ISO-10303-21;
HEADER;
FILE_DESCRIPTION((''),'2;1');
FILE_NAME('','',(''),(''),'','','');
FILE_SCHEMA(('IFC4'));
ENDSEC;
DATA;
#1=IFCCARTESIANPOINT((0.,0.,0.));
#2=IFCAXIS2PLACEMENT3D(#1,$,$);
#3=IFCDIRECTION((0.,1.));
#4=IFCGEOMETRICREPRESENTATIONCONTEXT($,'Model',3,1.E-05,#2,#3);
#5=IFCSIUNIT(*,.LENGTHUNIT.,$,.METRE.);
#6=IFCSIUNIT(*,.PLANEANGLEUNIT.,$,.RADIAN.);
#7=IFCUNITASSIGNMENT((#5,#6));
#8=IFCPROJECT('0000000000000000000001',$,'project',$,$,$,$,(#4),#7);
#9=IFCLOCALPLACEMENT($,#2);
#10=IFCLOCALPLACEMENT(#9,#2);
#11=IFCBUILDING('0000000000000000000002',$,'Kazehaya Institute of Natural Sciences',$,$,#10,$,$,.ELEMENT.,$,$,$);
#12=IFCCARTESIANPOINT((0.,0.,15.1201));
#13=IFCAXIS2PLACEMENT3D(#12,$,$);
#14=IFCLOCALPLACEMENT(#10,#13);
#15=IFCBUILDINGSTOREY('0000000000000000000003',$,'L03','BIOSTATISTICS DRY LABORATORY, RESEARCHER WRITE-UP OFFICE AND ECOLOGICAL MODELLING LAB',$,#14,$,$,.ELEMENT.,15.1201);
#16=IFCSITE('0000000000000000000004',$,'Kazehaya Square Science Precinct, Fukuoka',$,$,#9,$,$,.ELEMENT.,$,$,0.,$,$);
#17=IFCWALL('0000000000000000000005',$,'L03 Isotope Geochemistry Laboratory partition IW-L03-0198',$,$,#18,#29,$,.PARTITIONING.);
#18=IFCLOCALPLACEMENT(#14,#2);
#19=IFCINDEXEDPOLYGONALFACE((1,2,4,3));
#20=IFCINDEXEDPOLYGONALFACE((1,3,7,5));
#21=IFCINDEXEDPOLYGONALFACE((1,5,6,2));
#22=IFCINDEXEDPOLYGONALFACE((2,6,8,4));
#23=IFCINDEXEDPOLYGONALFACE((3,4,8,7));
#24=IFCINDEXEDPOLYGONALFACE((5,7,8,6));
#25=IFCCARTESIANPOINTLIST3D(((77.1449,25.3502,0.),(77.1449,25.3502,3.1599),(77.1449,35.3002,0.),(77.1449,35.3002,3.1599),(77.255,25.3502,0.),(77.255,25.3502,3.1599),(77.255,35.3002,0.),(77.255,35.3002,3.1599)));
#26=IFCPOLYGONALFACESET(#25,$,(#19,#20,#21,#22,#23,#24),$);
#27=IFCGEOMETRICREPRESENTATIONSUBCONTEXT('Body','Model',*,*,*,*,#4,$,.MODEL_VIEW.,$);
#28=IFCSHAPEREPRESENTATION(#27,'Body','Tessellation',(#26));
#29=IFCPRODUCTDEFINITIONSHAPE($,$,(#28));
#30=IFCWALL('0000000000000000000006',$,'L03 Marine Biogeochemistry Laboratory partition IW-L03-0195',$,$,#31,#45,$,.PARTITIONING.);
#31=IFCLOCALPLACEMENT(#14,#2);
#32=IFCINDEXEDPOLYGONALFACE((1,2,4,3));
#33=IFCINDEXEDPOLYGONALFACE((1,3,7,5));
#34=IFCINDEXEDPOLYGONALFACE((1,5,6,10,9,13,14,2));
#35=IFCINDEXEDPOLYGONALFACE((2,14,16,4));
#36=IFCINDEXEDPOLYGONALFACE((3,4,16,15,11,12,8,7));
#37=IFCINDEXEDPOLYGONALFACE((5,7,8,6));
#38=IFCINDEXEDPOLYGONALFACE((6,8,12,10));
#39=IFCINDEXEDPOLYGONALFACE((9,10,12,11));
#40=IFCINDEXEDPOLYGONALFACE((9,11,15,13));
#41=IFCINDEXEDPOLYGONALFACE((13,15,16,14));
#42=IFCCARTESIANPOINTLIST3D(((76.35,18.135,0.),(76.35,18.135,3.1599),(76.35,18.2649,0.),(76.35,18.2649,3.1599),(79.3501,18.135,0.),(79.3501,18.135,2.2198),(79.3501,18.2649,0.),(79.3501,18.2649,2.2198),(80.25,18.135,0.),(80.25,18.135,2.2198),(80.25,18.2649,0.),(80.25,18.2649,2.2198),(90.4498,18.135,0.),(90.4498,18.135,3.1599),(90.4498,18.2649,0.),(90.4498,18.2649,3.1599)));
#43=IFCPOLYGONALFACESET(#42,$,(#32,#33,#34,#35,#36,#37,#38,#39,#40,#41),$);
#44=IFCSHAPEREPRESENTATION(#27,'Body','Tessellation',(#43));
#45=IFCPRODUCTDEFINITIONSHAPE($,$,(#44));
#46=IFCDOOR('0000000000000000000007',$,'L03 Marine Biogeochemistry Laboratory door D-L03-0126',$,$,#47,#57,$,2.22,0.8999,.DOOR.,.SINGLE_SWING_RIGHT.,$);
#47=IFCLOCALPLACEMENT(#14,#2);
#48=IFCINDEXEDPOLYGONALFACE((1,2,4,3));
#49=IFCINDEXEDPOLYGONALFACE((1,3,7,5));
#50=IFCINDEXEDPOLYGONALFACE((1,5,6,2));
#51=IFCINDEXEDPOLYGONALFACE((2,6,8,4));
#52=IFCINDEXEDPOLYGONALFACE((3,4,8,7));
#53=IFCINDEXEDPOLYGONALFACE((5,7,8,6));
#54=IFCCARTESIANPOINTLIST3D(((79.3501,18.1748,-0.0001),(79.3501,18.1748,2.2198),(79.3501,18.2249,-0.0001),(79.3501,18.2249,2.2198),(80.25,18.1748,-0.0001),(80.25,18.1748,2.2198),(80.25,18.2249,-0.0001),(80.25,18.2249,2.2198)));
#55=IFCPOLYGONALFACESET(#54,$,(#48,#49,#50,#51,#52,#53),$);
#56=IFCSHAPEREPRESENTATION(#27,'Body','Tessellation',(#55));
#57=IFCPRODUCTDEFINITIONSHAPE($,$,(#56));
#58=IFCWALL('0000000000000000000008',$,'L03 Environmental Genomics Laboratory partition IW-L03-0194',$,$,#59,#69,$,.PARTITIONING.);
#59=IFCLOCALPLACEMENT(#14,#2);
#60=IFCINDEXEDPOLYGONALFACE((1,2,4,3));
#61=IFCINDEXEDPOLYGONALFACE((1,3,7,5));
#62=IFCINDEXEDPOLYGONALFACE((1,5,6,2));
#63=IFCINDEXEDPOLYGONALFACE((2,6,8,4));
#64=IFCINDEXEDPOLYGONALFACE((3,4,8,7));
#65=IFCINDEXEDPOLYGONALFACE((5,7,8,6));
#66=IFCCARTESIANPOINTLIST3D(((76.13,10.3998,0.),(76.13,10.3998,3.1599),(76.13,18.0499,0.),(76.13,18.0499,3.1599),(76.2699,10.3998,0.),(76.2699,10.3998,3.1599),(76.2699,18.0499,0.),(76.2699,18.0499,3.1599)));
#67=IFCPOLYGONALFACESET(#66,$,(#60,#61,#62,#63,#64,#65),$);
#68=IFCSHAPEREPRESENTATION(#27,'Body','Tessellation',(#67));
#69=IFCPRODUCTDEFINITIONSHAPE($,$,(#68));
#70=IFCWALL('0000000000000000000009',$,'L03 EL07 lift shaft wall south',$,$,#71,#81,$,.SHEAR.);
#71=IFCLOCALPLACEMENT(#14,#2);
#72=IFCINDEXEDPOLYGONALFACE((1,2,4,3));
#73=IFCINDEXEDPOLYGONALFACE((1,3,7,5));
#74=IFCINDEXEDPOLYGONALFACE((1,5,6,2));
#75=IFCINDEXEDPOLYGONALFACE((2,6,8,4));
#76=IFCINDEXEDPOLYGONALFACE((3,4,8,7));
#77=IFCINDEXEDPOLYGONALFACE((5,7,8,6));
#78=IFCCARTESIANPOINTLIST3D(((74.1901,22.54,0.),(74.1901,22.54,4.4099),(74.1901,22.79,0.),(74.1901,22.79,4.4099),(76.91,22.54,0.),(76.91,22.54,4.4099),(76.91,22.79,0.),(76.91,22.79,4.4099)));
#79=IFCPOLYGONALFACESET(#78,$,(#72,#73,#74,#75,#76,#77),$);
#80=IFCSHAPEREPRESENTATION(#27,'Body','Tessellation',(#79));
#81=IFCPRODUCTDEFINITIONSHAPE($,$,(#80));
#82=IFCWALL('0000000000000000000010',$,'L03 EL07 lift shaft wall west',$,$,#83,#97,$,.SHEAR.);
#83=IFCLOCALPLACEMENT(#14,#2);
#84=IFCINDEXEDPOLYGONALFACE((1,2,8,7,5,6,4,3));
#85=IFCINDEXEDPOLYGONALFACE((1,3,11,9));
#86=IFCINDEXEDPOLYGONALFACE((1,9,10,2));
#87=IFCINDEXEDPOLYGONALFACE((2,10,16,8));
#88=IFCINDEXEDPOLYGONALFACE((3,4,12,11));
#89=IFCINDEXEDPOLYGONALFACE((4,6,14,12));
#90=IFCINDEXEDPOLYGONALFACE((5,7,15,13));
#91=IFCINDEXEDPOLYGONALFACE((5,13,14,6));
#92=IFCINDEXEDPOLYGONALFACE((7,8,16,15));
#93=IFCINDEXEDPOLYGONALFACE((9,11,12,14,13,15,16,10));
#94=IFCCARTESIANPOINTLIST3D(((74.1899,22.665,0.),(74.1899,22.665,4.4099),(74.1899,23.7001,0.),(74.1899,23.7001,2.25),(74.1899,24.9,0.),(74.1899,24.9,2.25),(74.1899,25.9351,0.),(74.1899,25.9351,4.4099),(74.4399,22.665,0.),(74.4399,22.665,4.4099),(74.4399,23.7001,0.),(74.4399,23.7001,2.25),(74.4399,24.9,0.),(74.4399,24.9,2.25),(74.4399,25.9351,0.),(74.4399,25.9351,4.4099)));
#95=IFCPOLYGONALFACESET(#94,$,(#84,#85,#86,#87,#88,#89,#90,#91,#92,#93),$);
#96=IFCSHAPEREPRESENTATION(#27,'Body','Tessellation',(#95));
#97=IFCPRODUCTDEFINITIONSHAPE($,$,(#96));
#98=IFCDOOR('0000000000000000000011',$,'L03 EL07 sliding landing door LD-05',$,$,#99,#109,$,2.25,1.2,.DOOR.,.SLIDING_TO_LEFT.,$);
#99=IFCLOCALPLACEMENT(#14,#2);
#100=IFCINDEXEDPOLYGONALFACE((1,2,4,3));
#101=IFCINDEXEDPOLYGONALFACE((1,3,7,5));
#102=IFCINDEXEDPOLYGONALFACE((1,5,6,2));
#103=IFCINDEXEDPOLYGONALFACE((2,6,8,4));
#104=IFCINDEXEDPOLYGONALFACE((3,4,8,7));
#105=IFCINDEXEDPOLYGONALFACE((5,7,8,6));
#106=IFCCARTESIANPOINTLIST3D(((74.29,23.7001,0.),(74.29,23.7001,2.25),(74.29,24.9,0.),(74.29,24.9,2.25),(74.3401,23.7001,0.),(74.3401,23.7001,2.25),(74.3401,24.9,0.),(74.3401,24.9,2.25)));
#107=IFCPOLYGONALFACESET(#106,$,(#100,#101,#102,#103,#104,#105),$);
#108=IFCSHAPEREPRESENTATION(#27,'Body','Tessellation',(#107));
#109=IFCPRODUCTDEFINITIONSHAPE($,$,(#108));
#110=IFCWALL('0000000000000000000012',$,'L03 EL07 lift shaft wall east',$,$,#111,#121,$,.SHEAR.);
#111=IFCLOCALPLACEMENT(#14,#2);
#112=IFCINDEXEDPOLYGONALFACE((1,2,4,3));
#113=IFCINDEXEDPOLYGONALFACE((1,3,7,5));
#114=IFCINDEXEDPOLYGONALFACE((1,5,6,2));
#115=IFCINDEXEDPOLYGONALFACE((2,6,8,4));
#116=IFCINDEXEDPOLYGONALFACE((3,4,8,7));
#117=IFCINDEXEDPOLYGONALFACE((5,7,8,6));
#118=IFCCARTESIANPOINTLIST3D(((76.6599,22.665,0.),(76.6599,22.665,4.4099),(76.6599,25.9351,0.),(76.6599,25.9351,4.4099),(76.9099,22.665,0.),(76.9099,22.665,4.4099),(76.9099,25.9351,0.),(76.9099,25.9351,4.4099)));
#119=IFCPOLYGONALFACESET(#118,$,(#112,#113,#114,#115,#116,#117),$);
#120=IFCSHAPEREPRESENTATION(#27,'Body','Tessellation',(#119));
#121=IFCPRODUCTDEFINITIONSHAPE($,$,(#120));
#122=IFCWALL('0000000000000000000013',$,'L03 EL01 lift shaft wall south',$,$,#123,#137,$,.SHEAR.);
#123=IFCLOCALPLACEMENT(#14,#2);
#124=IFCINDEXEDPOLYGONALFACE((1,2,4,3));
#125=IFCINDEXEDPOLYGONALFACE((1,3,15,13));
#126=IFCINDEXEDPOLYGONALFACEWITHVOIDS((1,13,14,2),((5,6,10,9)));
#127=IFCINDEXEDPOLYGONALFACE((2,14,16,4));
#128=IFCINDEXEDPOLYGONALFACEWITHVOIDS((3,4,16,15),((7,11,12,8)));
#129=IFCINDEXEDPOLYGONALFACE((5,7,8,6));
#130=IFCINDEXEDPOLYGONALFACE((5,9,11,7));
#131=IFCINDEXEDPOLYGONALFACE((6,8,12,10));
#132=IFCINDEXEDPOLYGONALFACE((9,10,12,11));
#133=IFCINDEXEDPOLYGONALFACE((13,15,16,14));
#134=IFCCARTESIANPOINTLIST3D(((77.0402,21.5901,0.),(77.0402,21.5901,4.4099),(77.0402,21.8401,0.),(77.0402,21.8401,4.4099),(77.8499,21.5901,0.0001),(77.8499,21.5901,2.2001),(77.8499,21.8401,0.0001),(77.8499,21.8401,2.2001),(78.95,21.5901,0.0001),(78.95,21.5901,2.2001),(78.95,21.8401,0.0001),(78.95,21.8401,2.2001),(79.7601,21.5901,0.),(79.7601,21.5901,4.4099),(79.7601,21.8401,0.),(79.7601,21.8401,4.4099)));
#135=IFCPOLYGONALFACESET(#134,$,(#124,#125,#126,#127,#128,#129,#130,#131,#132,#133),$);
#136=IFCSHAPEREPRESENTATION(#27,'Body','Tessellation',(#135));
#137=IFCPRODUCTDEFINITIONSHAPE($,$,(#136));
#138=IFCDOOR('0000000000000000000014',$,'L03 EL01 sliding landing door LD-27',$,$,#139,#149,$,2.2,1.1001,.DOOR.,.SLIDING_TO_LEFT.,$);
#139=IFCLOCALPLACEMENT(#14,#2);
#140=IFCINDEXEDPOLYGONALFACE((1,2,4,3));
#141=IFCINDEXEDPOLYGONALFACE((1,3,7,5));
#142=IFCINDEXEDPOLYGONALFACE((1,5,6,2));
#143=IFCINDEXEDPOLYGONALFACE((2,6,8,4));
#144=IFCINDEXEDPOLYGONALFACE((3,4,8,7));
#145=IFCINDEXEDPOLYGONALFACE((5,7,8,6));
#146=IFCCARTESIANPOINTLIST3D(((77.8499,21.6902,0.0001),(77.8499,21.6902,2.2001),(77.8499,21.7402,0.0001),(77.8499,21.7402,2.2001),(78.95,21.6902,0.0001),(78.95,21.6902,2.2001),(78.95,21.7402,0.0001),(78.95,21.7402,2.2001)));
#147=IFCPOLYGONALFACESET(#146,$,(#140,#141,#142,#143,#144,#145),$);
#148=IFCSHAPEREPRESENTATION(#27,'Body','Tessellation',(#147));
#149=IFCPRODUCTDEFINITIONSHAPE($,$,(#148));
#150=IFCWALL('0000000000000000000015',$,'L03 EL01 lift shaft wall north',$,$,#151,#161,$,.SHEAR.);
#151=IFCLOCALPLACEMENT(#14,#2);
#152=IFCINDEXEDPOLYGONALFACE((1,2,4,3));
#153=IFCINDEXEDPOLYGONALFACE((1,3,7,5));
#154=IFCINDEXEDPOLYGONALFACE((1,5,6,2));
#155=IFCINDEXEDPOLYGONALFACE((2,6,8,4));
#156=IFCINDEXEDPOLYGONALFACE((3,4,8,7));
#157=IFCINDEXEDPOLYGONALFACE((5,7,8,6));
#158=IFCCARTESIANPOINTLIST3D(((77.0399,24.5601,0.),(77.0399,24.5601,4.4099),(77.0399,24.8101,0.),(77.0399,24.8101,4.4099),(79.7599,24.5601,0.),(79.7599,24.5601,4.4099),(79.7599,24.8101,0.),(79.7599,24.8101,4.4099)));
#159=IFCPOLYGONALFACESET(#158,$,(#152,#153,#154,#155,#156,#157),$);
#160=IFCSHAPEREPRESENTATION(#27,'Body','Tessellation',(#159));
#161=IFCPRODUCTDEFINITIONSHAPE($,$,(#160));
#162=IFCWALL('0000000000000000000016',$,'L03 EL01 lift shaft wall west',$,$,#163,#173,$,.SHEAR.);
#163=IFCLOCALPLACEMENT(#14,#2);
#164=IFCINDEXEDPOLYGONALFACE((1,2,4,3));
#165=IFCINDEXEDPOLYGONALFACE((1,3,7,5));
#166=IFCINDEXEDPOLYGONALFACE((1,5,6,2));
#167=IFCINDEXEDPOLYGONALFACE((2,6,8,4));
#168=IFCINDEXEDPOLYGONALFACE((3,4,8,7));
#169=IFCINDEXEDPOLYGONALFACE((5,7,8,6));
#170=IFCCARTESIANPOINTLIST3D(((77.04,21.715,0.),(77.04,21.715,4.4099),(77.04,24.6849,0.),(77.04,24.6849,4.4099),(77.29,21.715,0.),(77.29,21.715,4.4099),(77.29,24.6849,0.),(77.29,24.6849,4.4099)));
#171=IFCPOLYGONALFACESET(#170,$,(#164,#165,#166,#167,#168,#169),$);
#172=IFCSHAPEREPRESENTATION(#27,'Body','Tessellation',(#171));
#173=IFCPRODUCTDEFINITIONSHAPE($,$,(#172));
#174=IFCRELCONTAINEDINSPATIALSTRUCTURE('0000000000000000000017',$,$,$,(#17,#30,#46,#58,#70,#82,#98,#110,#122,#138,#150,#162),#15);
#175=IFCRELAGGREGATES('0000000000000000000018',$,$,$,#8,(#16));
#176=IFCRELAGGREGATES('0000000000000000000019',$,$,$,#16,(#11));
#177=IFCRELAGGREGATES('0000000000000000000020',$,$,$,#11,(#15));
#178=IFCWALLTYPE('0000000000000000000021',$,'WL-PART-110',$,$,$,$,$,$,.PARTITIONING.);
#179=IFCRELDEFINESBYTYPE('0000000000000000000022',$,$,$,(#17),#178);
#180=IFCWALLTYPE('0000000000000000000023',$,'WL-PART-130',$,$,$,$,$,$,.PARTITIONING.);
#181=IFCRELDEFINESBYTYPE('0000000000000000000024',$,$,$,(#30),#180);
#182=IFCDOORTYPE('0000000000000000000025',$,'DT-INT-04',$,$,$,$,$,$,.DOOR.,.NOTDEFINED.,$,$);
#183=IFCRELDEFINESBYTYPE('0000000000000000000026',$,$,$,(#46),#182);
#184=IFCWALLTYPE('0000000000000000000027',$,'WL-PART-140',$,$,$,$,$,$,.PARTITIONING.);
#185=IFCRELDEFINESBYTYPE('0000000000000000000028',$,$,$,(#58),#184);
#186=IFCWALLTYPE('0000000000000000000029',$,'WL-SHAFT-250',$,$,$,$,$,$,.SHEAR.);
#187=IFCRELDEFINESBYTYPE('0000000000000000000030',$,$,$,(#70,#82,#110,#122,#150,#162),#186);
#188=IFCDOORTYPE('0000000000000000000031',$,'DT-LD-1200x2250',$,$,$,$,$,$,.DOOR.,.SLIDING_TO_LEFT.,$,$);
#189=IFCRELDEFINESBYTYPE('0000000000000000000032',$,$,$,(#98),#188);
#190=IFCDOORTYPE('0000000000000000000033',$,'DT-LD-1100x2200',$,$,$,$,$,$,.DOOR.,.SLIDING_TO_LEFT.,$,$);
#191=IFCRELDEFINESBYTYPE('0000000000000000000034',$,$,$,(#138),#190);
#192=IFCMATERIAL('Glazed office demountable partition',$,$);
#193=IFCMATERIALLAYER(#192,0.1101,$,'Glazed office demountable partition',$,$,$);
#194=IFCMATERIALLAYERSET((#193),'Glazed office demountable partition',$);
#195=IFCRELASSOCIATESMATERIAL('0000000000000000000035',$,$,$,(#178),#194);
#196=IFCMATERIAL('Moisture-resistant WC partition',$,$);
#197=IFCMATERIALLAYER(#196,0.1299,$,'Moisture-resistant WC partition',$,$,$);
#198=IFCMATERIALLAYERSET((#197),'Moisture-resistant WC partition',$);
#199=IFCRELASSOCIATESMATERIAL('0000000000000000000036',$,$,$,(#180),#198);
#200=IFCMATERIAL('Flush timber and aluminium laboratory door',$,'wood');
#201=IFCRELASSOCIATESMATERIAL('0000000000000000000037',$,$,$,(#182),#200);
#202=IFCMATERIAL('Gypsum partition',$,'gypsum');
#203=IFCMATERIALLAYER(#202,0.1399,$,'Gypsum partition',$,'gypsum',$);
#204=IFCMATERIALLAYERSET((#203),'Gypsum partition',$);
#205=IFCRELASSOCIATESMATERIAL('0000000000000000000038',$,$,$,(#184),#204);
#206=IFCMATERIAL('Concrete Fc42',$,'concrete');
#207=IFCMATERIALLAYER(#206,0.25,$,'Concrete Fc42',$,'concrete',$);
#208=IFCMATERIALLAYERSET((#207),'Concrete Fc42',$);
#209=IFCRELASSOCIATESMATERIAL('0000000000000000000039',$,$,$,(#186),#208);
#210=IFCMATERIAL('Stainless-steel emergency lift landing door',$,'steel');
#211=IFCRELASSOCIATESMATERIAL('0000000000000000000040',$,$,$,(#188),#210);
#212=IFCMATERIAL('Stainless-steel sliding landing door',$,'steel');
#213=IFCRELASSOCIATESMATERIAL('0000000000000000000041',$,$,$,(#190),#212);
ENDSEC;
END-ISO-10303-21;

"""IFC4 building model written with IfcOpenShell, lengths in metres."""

from ifc_helpers import new_model, si_unit, direction, frame, frame_2d, origin, place, context, subcontext, project, spatial, rectangle, extrude, material, layer, layer_set, type_object, element, fill, save


model = new_model("IFC4")

# Units and contexts
model_context = context("Model", 3, precision=1e-05, world=origin(), true_north=direction((0.0, 1.0)))
body_context = subcontext(model_context, "Body", "Model", "MODEL_VIEW")
ifc_project = project(units=[si_unit("LENGTHUNIT", "METRE"), si_unit("PLANEANGLEUNIT", "RADIAN")], contexts=[model_context])

# Site, building, storey
site_placement = place(None, origin())
site = spatial("IfcSite", under=ifc_project, at=site_placement, Name="Kazehaya Square Science Precinct, Fukuoka", CompositionType="ELEMENT", RefElevation=0.0)
building_placement = place(site_placement, origin())
building = spatial("IfcBuilding", under=site, at=building_placement, Name="Kazehaya Institute of Natural Sciences", CompositionType="ELEMENT")
storey_placement = place(building_placement, frame((0.0, 0.0, 15.1201)))
storey = spatial("IfcBuildingStorey", under=building, at=storey_placement, Name="L03", Description="BIOSTATISTICS DRY LABORATORY, RESEARCHER WRITE-UP OFFICE AND ECOLOGICAL MODELLING LAB", CompositionType="ELEMENT", Elevation=15.1201)

# Shared definitions
ifc_material_1 = material(Name="Concrete Fc42", Category="concrete")

# Wall
ifc_material_2 = material(Name="Glazed office demountable partition")
ifc_layer_1 = layer(ifc_material_2, 0.1101, Name="Glazed office demountable partition")
ifc_layer_set_1 = layer_set([ifc_layer_1], Name="Glazed office demountable partition")
wall_type_1 = type_object("IfcWallType", Name="WL-PART-110", PredefinedType="PARTITIONING", material=ifc_layer_set_1)
wall_1_placement = place(storey_placement, frame((77.2, 25.3501, 0.0), z_axis=(0.0, 0.0, 1.0), x_axis=(0.0, 1.0, 0.0)))
element("IfcWall", 1, at=wall_1_placement, inside=storey, type_object=wall_type_1, Name="L03 Isotope Geochemistry Laboratory partition IW-L03-0198", PredefinedType="PARTITIONING", context=body_context, shape_type="SweptSolid", body=[
    extrude(rectangle(XDim=9.95, YDim=0.1101, at=frame_2d((4.9751, 0.0))), origin(), (0.0, 0.0, 1.0), 3.1599),
])

# Wall, opening, door
ifc_material_3 = material(Name="Moisture-resistant WC partition")
ifc_layer_2 = layer(ifc_material_3, 0.1299, Name="Moisture-resistant WC partition")
ifc_layer_set_2 = layer_set([ifc_layer_2], Name="Moisture-resistant WC partition")
wall_type_2 = type_object("IfcWallType", Name="WL-PART-130", PredefinedType="PARTITIONING", material=ifc_layer_set_2)
wall_2_placement = place(storey_placement, frame((76.3501, 18.2, 0.0), z_axis=(0.0, 0.0, 1.0), x_axis=(1.0, 0.0, 0.0)))
wall_2 = element("IfcWall", 2, at=wall_2_placement, inside=storey, type_object=wall_type_2, Name="L03 Marine Biogeochemistry Laboratory partition IW-L03-0195", PredefinedType="PARTITIONING", context=body_context, shape_type="SweptSolid", body=[
    extrude(rectangle(XDim=14.0999, YDim=0.1299, at=frame_2d((7.0498, 0.0))), origin(), (0.0, 0.0, 1.0), 3.1599),
])
opening_1_placement = place(wall_2_placement, frame((3.0, 0.0, 0.0)))
opening_1 = element("IfcOpeningElement", 3, at=opening_1_placement, cuts=wall_2, PredefinedType="OPENING", context=body_context, shape_type="SweptSolid", body=[
    extrude(rectangle(XDim=0.8999, YDim=2.22, at=frame_2d((0.45, 1.1099))), frame((0.0, 0.075, 0.0), z_axis=(0.0, -1.0, 0.0), x_axis=(1.0, 0.0, 0.0)), (0.0, 0.0, 1.0), 0.1499),
])
ifc_material_4 = material(Name="Flush timber and aluminium laboratory door", Category="wood")
door_type_1 = type_object("IfcDoorType", Name="DT-INT-04", OperationType="NOTDEFINED", PredefinedType="DOOR", material=ifc_material_4)
door_1_placement = place(opening_1_placement, origin())
door_1 = element("IfcDoor", 4, at=door_1_placement, inside=storey, type_object=door_type_1, Name="L03 Marine Biogeochemistry Laboratory door D-L03-0126", OperationType="SINGLE_SWING_RIGHT", OverallHeight=2.22, OverallWidth=0.8999, PredefinedType="DOOR", context=body_context, shape_type="SweptSolid", body=[
    extrude(rectangle(XDim=0.8999, YDim=2.22, at=frame_2d((0.45, 1.1099))), frame((0.0, 0.0249, 0.0), z_axis=(0.0, -1.0, 0.0), x_axis=(1.0, 0.0, 0.0)), (0.0, 0.0, 1.0), 0.05),
])
fill(opening_1, door_1)

# Walls
ifc_material_5 = material(Name="Gypsum partition", Category="gypsum")
ifc_layer_3 = layer(ifc_material_5, 0.1399, Name="Gypsum partition", Category="gypsum")
ifc_layer_set_3 = layer_set([ifc_layer_3], Name="Gypsum partition")
wall_type_3 = type_object("IfcWallType", Name="WL-PART-140", PredefinedType="PARTITIONING", material=ifc_layer_set_3)
wall_3_placement = place(storey_placement, frame((76.2, 18.05, 0.0), z_axis=(0.0, 0.0, 1.0), x_axis=(0.0, -1.0, 0.0)))
element("IfcWall", 5, at=wall_3_placement, inside=storey, type_object=wall_type_3, Name="L03 Environmental Genomics Laboratory partition IW-L03-0194", PredefinedType="PARTITIONING", context=body_context, shape_type="SweptSolid", body=[
    extrude(rectangle(XDim=7.6501, YDim=0.1399, at=frame_2d((3.8252, 0.0))), origin(), (0.0, 0.0, 1.0), 3.1599),
])
ifc_layer_4 = layer(ifc_material_1, 0.25, Name="Concrete Fc42", Category="concrete")
ifc_layer_set_4 = layer_set([ifc_layer_4], Name="Concrete Fc42")
wall_type_4 = type_object("IfcWallType", Name="WL-SHAFT-250", PredefinedType="SHEAR", material=ifc_layer_set_4)
wall_4_placement = place(storey_placement, frame((76.9099, 22.665, 0.0), z_axis=(0.0, 0.0, 1.0), x_axis=(-1.0, 0.0, 0.0)))
element("IfcWall", 6, at=wall_4_placement, inside=storey, type_object=wall_type_4, Name="L03 EL07 lift shaft wall south", PredefinedType="SHEAR", context=body_context, shape_type="SweptSolid", body=[
    extrude(rectangle(XDim=2.72, YDim=0.25, at=frame_2d((1.3599, 0.0))), origin(), (0.0, 0.0, 1.0), 4.4099),
])

# Wall, opening, door
wall_5_placement = place(storey_placement, frame((74.3149, 22.665, 0.0), z_axis=(0.0, 0.0, 1.0), x_axis=(0.0, 1.0, 0.0)))
wall_5 = element("IfcWall", 7, at=wall_5_placement, inside=storey, type_object=wall_type_4, Name="L03 EL07 lift shaft wall west", PredefinedType="SHEAR", context=body_context, shape_type="SweptSolid", body=[
    extrude(rectangle(XDim=3.27, YDim=0.25, at=frame_2d((1.635, 0.0))), origin(), (0.0, 0.0, 1.0), 4.4099),
])
opening_2_placement = place(wall_5_placement, frame((1.0349, 0.0, 0.0)))
opening_2 = element("IfcOpeningElement", 8, at=opening_2_placement, cuts=wall_5, PredefinedType="OPENING", context=body_context, shape_type="SweptSolid", body=[
    extrude(rectangle(XDim=1.2, YDim=2.25, at=frame_2d((0.6001, 1.125))), frame((0.0, 0.135, 0.0), z_axis=(0.0, -1.0, 0.0), x_axis=(1.0, 0.0, 0.0)), (0.0, 0.0, 1.0), 0.27),
])
ifc_material_6 = material(Name="Stainless-steel emergency lift landing door", Category="steel")
door_type_2 = type_object("IfcDoorType", Name="DT-LD-1200x2250", OperationType="SLIDING_TO_LEFT", PredefinedType="DOOR", material=ifc_material_6)
door_2_placement = place(opening_2_placement, origin())
door_2 = element("IfcDoor", 9, at=door_2_placement, inside=storey, type_object=door_type_2, Name="L03 EL07 sliding landing door LD-05", OperationType="SLIDING_TO_LEFT", OverallHeight=2.25, OverallWidth=1.2, PredefinedType="DOOR", context=body_context, shape_type="SweptSolid", body=[
    extrude(rectangle(XDim=1.2, YDim=2.25, at=frame_2d((0.6001, 1.125))), frame((0.0, 0.0249, 0.0), z_axis=(0.0, -1.0, 0.0), x_axis=(1.0, 0.0, 0.0)), (0.0, 0.0, 1.0), 0.05),
])
fill(opening_2, door_2)

# Wall
wall_6_placement = place(storey_placement, frame((76.7849, 25.9351, 0.0), z_axis=(0.0, 0.0, 1.0), x_axis=(0.0, -1.0, 0.0)))
element("IfcWall", 10, at=wall_6_placement, inside=storey, type_object=wall_type_4, Name="L03 EL07 lift shaft wall east", PredefinedType="SHEAR", context=body_context, shape_type="SweptSolid", body=[
    extrude(rectangle(XDim=3.27, YDim=0.25, at=frame_2d((1.635, 0.0))), origin(), (0.0, 0.0, 1.0), 4.4099),
])

# Wall, opening, door
wall_7_placement = place(storey_placement, frame((79.76, 21.7151, 0.0), z_axis=(0.0, 0.0, 1.0), x_axis=(-1.0, 0.0, 0.0)))
wall_7 = element("IfcWall", 11, at=wall_7_placement, inside=storey, type_object=wall_type_4, Name="L03 EL01 lift shaft wall south", PredefinedType="SHEAR", context=body_context, shape_type="SweptSolid", body=[
    extrude(rectangle(XDim=2.72, YDim=0.25, at=frame_2d((1.3599, 0.0))), origin(), (0.0, 0.0, 1.0), 4.4099),
])
opening_3_placement = place(wall_7_placement, frame((0.8101, 0.0, 0.0)))
opening_3 = element("IfcOpeningElement", 12, at=opening_3_placement, cuts=wall_7, PredefinedType="OPENING", context=body_context, shape_type="SweptSolid", body=[
    extrude(rectangle(XDim=1.1001, YDim=2.2, at=frame_2d((0.55, 1.1001))), frame((0.0, 0.135, 0.0), z_axis=(0.0, -1.0, 0.0), x_axis=(1.0, 0.0, 0.0)), (0.0, 0.0, 1.0), 0.27),
])
ifc_material_7 = material(Name="Stainless-steel sliding landing door", Category="steel")
door_type_3 = type_object("IfcDoorType", Name="DT-LD-1100x2200", OperationType="SLIDING_TO_LEFT", PredefinedType="DOOR", material=ifc_material_7)
door_3_placement = place(opening_3_placement, origin())
door_3 = element("IfcDoor", 13, at=door_3_placement, inside=storey, type_object=door_type_3, Name="L03 EL01 sliding landing door LD-27", OperationType="SLIDING_TO_LEFT", OverallHeight=2.2, OverallWidth=1.1001, PredefinedType="DOOR", context=body_context, shape_type="SweptSolid", body=[
    extrude(rectangle(XDim=1.1001, YDim=2.2, at=frame_2d((0.55, 1.1001))), frame((0.0, 0.0249, 0.0), z_axis=(0.0, -1.0, 0.0), x_axis=(1.0, 0.0, 0.0)), (0.0, 0.0, 1.0), 0.05),
])
fill(opening_3, door_3)

# Walls
wall_8_placement = place(storey_placement, frame((77.04, 24.6851, 0.0), z_axis=(0.0, 0.0, 1.0), x_axis=(1.0, 0.0, 0.0)))
element("IfcWall", 14, at=wall_8_placement, inside=storey, type_object=wall_type_4, Name="L03 EL01 lift shaft wall north", PredefinedType="SHEAR", context=body_context, shape_type="SweptSolid", body=[
    extrude(rectangle(XDim=2.72, YDim=0.25, at=frame_2d((1.3599, 0.0))), origin(), (0.0, 0.0, 1.0), 4.4099),
])
for number, where, z_axis, x_axis, name in (
    (15, (77.165, 21.7151, 0.0), (0.0, 0.0, 1.0), (0.0, 1.0, 0.0), "L03 EL01 lift shaft wall west"),
):
    element("IfcWall", number, at=place(storey_placement, frame(where, z_axis=z_axis, x_axis=x_axis)), inside=storey, type_object=wall_type_4, Name=name, PredefinedType="SHEAR", context=body_context, shape_type="SweptSolid", body=[
        extrude(rectangle(XDim=2.97, YDim=0.25, at=frame_2d((1.4849, 0.0))), origin(), (0.0, 0.0, 1.0), 4.4099),
    ])

save(model, "model.ifc")
